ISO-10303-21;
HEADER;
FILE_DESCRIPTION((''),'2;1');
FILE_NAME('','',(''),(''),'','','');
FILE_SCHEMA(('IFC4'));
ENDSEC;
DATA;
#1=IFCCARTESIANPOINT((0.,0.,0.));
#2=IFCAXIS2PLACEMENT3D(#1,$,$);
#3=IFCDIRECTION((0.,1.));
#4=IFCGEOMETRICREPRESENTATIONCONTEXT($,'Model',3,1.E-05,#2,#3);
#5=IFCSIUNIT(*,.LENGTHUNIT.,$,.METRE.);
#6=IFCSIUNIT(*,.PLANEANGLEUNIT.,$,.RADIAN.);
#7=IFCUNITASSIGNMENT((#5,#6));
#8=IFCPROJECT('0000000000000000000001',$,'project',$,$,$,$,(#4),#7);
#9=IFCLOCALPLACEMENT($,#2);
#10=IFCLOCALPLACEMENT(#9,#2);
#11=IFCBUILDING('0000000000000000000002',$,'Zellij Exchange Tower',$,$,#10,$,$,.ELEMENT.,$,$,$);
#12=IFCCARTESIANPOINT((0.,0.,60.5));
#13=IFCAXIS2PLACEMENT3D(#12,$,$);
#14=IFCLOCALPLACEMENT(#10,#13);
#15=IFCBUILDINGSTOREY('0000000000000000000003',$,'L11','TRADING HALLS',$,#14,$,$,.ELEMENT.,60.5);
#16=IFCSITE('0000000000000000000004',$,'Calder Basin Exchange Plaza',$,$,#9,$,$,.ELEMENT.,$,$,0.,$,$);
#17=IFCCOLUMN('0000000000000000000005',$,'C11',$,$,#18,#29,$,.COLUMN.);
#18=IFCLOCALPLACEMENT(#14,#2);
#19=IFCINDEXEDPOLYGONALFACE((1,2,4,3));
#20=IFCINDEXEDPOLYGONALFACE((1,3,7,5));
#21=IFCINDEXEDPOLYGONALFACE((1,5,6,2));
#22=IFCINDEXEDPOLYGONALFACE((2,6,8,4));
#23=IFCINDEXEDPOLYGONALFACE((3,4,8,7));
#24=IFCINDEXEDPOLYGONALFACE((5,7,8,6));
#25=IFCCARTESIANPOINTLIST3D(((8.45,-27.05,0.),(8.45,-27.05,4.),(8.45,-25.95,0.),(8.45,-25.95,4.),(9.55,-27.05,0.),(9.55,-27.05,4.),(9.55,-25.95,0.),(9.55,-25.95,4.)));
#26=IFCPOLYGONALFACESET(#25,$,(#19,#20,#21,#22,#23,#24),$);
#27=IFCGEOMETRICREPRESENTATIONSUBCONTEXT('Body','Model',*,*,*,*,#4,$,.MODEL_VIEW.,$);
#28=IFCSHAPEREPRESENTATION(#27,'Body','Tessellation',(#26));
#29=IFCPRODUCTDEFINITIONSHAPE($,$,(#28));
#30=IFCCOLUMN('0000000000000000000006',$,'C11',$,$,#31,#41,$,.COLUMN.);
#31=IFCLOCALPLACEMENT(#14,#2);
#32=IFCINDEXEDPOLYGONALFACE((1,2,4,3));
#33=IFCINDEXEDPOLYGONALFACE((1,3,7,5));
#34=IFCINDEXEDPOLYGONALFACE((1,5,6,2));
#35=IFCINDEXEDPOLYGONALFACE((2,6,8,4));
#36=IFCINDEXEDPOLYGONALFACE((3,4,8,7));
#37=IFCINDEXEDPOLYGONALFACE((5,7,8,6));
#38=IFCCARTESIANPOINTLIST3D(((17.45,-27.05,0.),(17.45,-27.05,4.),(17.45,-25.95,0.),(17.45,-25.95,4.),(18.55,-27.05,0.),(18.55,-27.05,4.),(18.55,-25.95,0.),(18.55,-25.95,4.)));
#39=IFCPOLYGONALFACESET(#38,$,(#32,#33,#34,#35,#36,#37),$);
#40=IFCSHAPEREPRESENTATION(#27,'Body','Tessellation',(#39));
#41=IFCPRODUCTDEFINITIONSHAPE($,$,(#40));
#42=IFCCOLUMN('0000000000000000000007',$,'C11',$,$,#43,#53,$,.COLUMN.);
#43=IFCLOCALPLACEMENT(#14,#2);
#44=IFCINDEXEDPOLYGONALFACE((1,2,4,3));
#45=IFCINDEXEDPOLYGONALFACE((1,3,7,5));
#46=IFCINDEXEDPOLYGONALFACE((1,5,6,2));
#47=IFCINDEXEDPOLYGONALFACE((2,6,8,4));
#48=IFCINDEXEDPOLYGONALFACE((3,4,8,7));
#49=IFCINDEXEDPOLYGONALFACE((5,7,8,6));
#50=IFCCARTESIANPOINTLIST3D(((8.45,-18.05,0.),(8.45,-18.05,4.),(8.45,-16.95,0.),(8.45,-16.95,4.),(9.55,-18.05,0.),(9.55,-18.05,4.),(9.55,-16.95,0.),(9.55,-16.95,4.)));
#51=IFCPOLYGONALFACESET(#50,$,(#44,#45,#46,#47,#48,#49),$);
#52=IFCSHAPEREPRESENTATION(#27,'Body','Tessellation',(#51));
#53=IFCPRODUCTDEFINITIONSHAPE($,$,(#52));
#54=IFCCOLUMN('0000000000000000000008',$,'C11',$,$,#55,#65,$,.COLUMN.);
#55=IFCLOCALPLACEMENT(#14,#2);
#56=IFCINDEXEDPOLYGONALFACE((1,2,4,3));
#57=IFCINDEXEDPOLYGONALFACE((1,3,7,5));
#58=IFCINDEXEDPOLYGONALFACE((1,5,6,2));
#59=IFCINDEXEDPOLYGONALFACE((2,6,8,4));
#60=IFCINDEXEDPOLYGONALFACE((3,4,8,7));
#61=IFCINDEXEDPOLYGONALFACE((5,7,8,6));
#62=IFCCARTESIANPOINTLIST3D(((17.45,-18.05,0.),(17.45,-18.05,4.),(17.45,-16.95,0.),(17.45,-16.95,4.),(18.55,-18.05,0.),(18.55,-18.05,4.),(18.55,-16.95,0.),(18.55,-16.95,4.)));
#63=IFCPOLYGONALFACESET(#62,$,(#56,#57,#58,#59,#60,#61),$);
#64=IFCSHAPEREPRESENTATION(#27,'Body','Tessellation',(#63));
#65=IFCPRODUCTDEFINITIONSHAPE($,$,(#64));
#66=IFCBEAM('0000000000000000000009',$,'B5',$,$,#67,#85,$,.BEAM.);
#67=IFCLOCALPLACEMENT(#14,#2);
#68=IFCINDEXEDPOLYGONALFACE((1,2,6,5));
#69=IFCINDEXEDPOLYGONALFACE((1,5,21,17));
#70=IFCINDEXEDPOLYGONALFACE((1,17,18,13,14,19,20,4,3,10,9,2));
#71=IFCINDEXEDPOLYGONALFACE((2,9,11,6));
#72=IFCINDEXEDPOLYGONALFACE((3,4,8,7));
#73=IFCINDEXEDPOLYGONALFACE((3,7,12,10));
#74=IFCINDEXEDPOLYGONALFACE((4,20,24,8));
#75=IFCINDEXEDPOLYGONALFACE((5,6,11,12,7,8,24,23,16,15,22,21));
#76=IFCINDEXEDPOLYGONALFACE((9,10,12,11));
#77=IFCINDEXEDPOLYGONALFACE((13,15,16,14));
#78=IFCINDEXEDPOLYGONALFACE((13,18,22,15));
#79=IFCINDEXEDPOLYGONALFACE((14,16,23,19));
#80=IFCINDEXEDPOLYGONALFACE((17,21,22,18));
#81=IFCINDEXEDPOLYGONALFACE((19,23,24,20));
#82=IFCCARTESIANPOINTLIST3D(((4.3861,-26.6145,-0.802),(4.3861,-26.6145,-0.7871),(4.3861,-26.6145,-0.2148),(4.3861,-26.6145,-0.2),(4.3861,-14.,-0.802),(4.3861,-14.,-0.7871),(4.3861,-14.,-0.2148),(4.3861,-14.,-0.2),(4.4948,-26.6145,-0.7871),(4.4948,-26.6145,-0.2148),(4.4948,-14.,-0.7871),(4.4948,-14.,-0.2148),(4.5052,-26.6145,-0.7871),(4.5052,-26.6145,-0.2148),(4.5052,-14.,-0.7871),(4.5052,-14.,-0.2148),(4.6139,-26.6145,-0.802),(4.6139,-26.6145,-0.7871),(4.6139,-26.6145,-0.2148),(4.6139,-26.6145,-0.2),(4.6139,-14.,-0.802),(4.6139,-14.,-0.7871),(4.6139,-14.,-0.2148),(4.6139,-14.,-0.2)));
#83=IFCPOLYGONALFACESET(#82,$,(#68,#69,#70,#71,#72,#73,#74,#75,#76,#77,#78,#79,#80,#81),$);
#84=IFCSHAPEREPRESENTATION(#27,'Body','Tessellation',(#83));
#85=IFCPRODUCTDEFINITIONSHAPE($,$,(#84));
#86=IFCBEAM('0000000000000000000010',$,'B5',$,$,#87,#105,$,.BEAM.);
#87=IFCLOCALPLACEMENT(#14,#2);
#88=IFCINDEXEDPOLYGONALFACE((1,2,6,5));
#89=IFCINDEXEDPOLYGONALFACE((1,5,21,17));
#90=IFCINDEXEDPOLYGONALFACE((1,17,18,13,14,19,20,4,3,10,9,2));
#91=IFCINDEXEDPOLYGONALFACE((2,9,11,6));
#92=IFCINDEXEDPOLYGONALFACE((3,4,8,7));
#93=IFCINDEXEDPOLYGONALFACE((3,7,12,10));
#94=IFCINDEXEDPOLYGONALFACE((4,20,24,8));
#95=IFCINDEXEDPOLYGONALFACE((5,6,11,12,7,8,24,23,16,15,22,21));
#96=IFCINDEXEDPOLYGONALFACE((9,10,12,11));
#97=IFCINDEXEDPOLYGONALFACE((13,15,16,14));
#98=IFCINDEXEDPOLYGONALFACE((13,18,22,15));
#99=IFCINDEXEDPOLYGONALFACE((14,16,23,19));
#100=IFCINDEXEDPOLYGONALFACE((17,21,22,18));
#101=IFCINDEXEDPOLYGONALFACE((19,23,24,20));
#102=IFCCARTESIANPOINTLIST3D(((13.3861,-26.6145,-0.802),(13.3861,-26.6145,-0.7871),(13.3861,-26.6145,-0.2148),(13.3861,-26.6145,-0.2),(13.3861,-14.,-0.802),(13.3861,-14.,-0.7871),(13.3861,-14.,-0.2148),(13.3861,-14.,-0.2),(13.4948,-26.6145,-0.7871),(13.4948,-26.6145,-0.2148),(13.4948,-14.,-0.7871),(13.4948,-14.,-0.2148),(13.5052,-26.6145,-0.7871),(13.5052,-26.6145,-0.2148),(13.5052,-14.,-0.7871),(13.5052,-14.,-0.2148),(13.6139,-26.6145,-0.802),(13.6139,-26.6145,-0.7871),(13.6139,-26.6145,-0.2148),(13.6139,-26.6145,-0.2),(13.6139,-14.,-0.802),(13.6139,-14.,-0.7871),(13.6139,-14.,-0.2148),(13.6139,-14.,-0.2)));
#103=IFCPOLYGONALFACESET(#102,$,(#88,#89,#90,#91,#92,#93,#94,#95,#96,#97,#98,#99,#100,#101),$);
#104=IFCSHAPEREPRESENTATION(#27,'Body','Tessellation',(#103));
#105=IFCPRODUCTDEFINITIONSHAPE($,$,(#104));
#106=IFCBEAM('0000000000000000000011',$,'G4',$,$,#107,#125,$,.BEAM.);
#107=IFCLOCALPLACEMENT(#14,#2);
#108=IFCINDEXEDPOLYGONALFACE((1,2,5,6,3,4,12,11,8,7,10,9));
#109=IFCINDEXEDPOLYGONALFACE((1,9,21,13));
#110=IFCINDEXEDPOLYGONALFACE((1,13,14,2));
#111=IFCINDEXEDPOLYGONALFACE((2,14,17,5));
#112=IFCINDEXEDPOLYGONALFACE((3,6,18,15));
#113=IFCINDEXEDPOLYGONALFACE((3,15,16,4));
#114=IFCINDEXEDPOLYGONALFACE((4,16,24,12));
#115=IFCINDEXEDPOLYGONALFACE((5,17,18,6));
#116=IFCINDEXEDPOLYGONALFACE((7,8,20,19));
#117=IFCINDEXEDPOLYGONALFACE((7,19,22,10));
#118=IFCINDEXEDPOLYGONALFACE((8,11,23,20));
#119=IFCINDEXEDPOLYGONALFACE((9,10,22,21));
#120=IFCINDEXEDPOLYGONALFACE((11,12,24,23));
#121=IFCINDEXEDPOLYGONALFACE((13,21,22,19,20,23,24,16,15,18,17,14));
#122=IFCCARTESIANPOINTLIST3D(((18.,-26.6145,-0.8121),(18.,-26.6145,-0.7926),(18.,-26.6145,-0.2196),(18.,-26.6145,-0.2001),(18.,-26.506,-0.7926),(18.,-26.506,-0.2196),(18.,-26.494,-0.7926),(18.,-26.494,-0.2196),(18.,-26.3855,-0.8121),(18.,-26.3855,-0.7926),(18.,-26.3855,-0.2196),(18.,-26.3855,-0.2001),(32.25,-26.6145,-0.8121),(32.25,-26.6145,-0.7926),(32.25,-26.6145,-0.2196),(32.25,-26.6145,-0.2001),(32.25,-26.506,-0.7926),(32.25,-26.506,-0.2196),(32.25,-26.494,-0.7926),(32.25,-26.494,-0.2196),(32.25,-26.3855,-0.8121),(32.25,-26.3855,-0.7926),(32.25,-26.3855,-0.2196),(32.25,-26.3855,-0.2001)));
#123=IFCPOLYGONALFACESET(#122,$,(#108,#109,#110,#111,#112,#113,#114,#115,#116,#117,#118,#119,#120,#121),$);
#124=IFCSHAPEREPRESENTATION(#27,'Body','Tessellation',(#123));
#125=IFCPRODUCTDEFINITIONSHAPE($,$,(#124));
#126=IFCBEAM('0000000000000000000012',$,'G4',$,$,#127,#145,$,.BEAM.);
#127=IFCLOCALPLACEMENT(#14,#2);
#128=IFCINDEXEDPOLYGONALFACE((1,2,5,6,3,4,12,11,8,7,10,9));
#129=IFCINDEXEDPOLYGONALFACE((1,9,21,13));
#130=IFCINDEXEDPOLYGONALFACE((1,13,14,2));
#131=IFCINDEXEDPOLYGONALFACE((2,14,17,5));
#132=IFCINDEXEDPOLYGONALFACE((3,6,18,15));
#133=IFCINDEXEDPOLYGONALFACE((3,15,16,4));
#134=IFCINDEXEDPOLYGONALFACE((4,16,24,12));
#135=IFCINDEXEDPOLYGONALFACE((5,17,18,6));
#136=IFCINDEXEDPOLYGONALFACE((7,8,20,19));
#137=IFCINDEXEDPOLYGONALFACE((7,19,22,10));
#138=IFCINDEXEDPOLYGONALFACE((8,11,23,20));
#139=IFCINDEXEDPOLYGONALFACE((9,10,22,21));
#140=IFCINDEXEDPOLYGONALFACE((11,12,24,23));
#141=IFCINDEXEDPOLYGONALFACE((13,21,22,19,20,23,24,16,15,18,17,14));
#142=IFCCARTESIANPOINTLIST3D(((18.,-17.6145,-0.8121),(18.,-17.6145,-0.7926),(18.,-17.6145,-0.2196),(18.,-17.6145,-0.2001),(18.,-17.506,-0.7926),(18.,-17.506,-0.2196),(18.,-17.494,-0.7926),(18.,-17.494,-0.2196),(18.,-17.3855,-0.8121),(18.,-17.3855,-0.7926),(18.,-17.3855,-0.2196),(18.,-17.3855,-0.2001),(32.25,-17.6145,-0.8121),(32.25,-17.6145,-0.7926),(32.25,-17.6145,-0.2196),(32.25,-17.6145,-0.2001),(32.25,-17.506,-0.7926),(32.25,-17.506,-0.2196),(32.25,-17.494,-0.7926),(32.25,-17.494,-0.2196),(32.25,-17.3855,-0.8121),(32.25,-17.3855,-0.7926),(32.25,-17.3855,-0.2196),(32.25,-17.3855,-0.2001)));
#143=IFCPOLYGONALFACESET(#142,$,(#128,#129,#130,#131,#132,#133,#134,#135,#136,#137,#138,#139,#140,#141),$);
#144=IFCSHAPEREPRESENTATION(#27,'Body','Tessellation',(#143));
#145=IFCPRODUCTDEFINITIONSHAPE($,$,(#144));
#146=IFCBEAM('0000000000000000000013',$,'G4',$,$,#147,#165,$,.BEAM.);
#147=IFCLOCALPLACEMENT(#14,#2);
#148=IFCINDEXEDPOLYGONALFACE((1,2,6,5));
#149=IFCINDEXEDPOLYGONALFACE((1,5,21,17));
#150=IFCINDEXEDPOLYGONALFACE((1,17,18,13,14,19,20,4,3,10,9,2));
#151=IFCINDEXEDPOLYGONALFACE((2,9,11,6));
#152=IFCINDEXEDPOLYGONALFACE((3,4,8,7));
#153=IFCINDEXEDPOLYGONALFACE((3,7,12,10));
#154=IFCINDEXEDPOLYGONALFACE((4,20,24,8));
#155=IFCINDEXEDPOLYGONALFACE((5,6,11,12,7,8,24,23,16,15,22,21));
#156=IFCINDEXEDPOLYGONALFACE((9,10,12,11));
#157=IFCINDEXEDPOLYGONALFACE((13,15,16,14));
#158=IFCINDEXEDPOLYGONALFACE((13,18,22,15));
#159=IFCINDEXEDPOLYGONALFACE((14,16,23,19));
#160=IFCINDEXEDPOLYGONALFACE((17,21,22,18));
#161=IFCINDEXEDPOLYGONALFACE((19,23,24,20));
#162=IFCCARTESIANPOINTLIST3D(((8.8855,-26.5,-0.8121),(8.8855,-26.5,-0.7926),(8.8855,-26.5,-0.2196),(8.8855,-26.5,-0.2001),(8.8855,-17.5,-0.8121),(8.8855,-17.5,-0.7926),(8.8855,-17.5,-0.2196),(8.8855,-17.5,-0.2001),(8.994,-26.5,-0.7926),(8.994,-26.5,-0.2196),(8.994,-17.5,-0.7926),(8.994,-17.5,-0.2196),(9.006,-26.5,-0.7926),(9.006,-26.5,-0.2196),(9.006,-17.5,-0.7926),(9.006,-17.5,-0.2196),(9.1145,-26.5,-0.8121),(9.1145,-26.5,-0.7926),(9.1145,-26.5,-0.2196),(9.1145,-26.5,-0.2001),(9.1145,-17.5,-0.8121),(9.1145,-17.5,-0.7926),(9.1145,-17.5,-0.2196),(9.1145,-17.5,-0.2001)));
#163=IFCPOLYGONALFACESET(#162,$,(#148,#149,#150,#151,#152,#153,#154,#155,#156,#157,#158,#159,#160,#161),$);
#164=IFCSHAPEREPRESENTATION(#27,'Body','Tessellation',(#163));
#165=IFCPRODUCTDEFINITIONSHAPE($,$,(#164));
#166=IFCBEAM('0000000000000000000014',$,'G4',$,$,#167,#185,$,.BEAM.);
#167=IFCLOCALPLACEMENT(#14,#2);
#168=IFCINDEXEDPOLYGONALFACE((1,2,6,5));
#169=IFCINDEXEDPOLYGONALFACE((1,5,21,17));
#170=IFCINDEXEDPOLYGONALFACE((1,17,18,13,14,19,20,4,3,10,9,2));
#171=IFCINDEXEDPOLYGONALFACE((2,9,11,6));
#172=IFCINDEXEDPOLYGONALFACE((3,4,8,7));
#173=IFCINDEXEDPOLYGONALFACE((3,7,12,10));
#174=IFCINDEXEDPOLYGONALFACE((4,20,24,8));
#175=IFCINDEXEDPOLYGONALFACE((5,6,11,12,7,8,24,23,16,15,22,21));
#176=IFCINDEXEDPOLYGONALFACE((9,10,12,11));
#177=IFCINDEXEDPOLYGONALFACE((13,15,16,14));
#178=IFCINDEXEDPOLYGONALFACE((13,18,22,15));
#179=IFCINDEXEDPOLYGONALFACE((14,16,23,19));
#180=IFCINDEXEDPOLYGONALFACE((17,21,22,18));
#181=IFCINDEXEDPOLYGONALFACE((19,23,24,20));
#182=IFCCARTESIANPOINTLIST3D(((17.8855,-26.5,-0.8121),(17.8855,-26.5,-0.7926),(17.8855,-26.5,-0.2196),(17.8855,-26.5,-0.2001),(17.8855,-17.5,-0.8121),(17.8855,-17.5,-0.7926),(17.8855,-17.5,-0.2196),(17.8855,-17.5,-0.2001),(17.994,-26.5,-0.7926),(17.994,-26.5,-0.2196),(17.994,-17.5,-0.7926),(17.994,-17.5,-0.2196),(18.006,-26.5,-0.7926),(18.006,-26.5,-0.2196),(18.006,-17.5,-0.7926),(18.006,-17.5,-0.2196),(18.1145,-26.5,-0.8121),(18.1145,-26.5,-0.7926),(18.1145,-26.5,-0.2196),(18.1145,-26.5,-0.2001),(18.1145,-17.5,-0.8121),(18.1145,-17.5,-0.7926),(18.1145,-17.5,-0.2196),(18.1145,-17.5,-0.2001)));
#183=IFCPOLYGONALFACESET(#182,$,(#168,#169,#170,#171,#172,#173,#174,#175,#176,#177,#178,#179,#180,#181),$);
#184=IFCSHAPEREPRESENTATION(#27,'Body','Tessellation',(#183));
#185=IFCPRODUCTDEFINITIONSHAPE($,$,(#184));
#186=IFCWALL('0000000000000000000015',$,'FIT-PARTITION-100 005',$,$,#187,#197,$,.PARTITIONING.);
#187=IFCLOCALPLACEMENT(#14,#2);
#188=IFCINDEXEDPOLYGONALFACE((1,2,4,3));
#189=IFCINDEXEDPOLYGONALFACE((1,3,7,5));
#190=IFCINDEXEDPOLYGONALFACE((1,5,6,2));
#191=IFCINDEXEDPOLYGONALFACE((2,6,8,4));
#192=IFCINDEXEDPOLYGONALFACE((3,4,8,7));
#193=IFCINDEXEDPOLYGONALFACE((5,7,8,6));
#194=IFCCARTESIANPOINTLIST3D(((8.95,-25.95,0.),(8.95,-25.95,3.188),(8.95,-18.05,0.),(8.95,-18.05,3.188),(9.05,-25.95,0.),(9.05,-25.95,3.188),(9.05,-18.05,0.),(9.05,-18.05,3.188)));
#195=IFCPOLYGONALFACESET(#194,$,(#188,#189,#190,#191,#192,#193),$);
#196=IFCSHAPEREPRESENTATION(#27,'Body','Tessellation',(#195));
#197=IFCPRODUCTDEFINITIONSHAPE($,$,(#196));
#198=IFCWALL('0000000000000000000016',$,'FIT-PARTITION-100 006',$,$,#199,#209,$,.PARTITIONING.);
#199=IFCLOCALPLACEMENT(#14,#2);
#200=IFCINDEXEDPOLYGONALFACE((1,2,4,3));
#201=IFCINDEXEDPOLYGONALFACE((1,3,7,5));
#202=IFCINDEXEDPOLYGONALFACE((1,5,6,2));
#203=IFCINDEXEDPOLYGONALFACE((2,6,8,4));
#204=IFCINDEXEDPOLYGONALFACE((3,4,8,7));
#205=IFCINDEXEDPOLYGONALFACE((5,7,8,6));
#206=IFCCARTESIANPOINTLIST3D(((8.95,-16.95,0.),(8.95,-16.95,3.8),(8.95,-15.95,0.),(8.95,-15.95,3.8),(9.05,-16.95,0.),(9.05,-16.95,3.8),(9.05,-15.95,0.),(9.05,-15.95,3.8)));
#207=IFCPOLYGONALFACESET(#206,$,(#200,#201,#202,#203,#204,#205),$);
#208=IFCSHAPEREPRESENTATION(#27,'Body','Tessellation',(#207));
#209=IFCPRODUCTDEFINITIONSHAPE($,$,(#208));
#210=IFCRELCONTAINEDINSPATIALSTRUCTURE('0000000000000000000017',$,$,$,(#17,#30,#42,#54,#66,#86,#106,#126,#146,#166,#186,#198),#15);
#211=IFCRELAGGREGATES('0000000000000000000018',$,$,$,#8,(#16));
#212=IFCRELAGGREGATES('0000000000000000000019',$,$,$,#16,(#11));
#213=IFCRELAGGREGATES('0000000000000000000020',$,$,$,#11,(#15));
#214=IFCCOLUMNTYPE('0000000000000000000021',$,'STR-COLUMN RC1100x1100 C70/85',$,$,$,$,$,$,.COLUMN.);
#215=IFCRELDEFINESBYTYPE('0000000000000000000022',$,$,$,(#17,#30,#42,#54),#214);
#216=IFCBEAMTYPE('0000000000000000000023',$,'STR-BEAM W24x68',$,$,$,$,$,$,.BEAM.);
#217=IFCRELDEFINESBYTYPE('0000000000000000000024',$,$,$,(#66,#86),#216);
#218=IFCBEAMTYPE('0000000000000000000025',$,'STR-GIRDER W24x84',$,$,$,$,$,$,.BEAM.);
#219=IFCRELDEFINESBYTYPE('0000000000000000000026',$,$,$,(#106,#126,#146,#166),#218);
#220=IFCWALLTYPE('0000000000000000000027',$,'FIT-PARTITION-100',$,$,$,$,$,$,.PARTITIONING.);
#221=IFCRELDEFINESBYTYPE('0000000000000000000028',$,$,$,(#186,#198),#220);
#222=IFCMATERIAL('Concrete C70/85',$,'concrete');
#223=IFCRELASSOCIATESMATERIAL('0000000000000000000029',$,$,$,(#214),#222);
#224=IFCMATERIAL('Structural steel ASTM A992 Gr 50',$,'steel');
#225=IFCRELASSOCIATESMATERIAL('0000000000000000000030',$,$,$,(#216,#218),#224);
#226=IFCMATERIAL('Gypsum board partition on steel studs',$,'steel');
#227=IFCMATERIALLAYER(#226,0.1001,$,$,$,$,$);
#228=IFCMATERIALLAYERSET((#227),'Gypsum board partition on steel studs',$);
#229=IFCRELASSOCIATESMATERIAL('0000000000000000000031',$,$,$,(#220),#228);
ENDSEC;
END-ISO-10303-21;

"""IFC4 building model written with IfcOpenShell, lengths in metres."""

from ifc_helpers import new_model, si_unit, direction, frame, frame_2d, origin, origin_2d, place, context, subcontext, project, spatial, rectangle, i_section, extrude, material, layer, layer_set, material_profile, profile_set, type_object, element, save


model = new_model("IFC4")

# Units and contexts
model_context = context("Model", 3, precision=1e-05, world=origin(), true_north=direction((0.0, 1.0)))
body_context = subcontext(model_context, "Body", "Model", "MODEL_VIEW")
ifc_project = project(units=[si_unit("LENGTHUNIT", "METRE"), si_unit("PLANEANGLEUNIT", "RADIAN")], contexts=[model_context])

# Site, building, storey
site_placement = place(None, origin())
site = spatial("IfcSite", under=ifc_project, at=site_placement, Name="Calder Basin Exchange Plaza", CompositionType="ELEMENT", RefElevation=0.0)
building_placement = place(site_placement, origin())
building = spatial("IfcBuilding", under=site, at=building_placement, Name="Zellij Exchange Tower", CompositionType="ELEMENT")
storey_placement = place(building_placement, frame((0.0, 0.0, 60.5)))
storey = spatial("IfcBuildingStorey", under=building, at=storey_placement, Name="L11", Description="TRADING HALLS", CompositionType="ELEMENT", Elevation=60.5)

# Columns
ifc_material_1 = material(Name="Concrete C70/85", Category="concrete")
ifc_material_profile_1 = material_profile(ifc_material_1, rectangle(XDim=1.1001, YDim=1.1001, at=origin_2d()), Name="STR-COLUMN RC1100x1100 C70/85")
ifc_profile_set_1 = profile_set([ifc_material_profile_1], Name="Concrete C70/85")
column_type = type_object("IfcColumnType", Name="STR-COLUMN RC1100x1100 C70/85", PredefinedType="COLUMN", material=ifc_profile_set_1)
for number, where, z_axis, x_axis, name in (
    (1, (9.0, -26.5, 0.0), (0.0, 0.0, 1.0), (1.0, 0.0, 0.0), "C11"),
    (2, (18.0, -26.5, 0.0), (0.0, 0.0, 1.0), (1.0, 0.0, 0.0), "C11"),
    (3, (9.0, -17.5, 0.0), (0.0, 0.0, 1.0), (1.0, 0.0, 0.0), "C11"),
    (4, (18.0, -17.5, 0.0), (0.0, 0.0, 1.0), (1.0, 0.0, 0.0), "C11"),
):
    element("IfcColumn", number, at=place(storey_placement, frame(where, z_axis=z_axis, x_axis=x_axis)), inside=storey, type_object=column_type, Name=name, PredefinedType="COLUMN", context=body_context, shape_type="SweptSolid", body=[
        extrude(rectangle(XDim=1.1001, YDim=1.1001, at=origin_2d()), origin(), (0.0, 0.0, 1.0), 4.0),
    ])

# Beams
ifc_material_2 = material(Name="Structural steel ASTM A992 Gr 50", Category="steel")
ifc_material_profile_2 = material_profile(ifc_material_2, i_section(OverallWidth=0.2278, OverallDepth=0.6021, WebThickness=0.0105, FlangeThickness=0.0149, at=origin_2d()), Name="W24x68")
ifc_profile_set_2 = profile_set([ifc_material_profile_2], Name="Structural steel ASTM A992 Gr 50")
beam_type_1 = type_object("IfcBeamType", Name="STR-BEAM W24x68", PredefinedType="BEAM", material=ifc_profile_set_2)
for number, where, z_axis, x_axis, name in (
    (5, (4.5, -26.6145, -0.501), (0.0, 1.0, 0.0), (-1.0, 0.0, 0.0), "B5"),
    (6, (13.5, -26.6145, -0.501), (0.0, 1.0, 0.0), (-1.0, 0.0, 0.0), "B5"),
):
    element("IfcBeam", number, at=place(storey_placement, frame(where, z_axis=z_axis, x_axis=x_axis)), inside=storey, type_object=beam_type_1, Name=name, PredefinedType="BEAM", context=body_context, shape_type="SweptSolid", body=[
        extrude(i_section(OverallWidth=0.2278, OverallDepth=0.6021, WebThickness=0.0105, FlangeThickness=0.0149, at=origin_2d()), origin(), (0.0, 0.0, 1.0), 12.6145),
    ])
ifc_material_profile_3 = material_profile(ifc_material_2, i_section(OverallWidth=0.229, OverallDepth=0.6121, WebThickness=0.012, FlangeThickness=0.0195, at=origin_2d()), Name="W24x84")
ifc_profile_set_3 = profile_set([ifc_material_profile_3], Name="Structural steel ASTM A992 Gr 50")
beam_type_2 = type_object("IfcBeamType", Name="STR-GIRDER W24x84", PredefinedType="BEAM", material=ifc_profile_set_3)
for number, where, z_axis, x_axis, name in (
    (7, (18.0, -26.5, -0.5061), (1.0, 0.0, 0.0), (0.0, 1.0, 0.0), "G4"),
    (8, (18.0, -17.5, -0.5061), (1.0, 0.0, 0.0), (0.0, 1.0, 0.0), "G4"),
):
    element("IfcBeam", number, at=place(storey_placement, frame(where, z_axis=z_axis, x_axis=x_axis)), inside=storey, type_object=beam_type_2, Name=name, PredefinedType="BEAM", context=body_context, shape_type="SweptSolid", body=[
        extrude(i_section(OverallWidth=0.229, OverallDepth=0.6121, WebThickness=0.012, FlangeThickness=0.0195, at=origin_2d()), origin(), (0.0, 0.0, 1.0), 14.25),
    ])
for number, where, z_axis, x_axis, name in (
    (9, (9.0, -26.5, -0.5061), (0.0, 1.0, 0.0), (-1.0, 0.0, 0.0), "G4"),
    (10, (18.0, -26.5, -0.5061), (0.0, 1.0, 0.0), (-1.0, 0.0, 0.0), "G4"),
):
    element("IfcBeam", number, at=place(storey_placement, frame(where, z_axis=z_axis, x_axis=x_axis)), inside=storey, type_object=beam_type_2, Name=name, PredefinedType="BEAM", context=body_context, shape_type="SweptSolid", body=[
        extrude(i_section(OverallWidth=0.229, OverallDepth=0.6121, WebThickness=0.012, FlangeThickness=0.0195, at=origin_2d()), origin(), (0.0, 0.0, 1.0), 9.0),
    ])

# Walls
ifc_material_3 = material(Name="Gypsum board partition on steel studs", Category="steel")
ifc_layer_1 = layer(ifc_material_3, 0.1001)
ifc_layer_set_1 = layer_set([ifc_layer_1], Name="Gypsum board partition on steel studs")
wall_type = type_object("IfcWallType", Name="FIT-PARTITION-100", PredefinedType="PARTITIONING", material=ifc_layer_set_1)
wall_1_placement = place(storey_placement, frame((9.0, -25.95, 0.0), z_axis=(0.0, 0.0, 1.0), x_axis=(0.0, 1.0, 0.0)))
element("IfcWall", 11, at=wall_1_placement, inside=storey, type_object=wall_type, Name="FIT-PARTITION-100 005", PredefinedType="PARTITIONING", context=body_context, shape_type="SweptSolid", body=[
    extrude(rectangle(XDim=7.8999, YDim=0.1001, at=frame_2d((3.95, 0.0))), origin(), (0.0, 0.0, 1.0), 3.188),
])
wall_2_placement = place(storey_placement, frame((9.0, -16.95, 0.0), z_axis=(0.0, 0.0, 1.0), x_axis=(0.0, 1.0, 0.0)))
element("IfcWall", 12, at=wall_2_placement, inside=storey, type_object=wall_type, Name="FIT-PARTITION-100 006", PredefinedType="PARTITIONING", context=body_context, shape_type="SweptSolid", body=[
    extrude(rectangle(XDim=1.0, YDim=0.1001, at=frame_2d((0.5, 0.0))), origin(), (0.0, 0.0, 1.0), 3.8),
])

save(model, "model.ifc")
